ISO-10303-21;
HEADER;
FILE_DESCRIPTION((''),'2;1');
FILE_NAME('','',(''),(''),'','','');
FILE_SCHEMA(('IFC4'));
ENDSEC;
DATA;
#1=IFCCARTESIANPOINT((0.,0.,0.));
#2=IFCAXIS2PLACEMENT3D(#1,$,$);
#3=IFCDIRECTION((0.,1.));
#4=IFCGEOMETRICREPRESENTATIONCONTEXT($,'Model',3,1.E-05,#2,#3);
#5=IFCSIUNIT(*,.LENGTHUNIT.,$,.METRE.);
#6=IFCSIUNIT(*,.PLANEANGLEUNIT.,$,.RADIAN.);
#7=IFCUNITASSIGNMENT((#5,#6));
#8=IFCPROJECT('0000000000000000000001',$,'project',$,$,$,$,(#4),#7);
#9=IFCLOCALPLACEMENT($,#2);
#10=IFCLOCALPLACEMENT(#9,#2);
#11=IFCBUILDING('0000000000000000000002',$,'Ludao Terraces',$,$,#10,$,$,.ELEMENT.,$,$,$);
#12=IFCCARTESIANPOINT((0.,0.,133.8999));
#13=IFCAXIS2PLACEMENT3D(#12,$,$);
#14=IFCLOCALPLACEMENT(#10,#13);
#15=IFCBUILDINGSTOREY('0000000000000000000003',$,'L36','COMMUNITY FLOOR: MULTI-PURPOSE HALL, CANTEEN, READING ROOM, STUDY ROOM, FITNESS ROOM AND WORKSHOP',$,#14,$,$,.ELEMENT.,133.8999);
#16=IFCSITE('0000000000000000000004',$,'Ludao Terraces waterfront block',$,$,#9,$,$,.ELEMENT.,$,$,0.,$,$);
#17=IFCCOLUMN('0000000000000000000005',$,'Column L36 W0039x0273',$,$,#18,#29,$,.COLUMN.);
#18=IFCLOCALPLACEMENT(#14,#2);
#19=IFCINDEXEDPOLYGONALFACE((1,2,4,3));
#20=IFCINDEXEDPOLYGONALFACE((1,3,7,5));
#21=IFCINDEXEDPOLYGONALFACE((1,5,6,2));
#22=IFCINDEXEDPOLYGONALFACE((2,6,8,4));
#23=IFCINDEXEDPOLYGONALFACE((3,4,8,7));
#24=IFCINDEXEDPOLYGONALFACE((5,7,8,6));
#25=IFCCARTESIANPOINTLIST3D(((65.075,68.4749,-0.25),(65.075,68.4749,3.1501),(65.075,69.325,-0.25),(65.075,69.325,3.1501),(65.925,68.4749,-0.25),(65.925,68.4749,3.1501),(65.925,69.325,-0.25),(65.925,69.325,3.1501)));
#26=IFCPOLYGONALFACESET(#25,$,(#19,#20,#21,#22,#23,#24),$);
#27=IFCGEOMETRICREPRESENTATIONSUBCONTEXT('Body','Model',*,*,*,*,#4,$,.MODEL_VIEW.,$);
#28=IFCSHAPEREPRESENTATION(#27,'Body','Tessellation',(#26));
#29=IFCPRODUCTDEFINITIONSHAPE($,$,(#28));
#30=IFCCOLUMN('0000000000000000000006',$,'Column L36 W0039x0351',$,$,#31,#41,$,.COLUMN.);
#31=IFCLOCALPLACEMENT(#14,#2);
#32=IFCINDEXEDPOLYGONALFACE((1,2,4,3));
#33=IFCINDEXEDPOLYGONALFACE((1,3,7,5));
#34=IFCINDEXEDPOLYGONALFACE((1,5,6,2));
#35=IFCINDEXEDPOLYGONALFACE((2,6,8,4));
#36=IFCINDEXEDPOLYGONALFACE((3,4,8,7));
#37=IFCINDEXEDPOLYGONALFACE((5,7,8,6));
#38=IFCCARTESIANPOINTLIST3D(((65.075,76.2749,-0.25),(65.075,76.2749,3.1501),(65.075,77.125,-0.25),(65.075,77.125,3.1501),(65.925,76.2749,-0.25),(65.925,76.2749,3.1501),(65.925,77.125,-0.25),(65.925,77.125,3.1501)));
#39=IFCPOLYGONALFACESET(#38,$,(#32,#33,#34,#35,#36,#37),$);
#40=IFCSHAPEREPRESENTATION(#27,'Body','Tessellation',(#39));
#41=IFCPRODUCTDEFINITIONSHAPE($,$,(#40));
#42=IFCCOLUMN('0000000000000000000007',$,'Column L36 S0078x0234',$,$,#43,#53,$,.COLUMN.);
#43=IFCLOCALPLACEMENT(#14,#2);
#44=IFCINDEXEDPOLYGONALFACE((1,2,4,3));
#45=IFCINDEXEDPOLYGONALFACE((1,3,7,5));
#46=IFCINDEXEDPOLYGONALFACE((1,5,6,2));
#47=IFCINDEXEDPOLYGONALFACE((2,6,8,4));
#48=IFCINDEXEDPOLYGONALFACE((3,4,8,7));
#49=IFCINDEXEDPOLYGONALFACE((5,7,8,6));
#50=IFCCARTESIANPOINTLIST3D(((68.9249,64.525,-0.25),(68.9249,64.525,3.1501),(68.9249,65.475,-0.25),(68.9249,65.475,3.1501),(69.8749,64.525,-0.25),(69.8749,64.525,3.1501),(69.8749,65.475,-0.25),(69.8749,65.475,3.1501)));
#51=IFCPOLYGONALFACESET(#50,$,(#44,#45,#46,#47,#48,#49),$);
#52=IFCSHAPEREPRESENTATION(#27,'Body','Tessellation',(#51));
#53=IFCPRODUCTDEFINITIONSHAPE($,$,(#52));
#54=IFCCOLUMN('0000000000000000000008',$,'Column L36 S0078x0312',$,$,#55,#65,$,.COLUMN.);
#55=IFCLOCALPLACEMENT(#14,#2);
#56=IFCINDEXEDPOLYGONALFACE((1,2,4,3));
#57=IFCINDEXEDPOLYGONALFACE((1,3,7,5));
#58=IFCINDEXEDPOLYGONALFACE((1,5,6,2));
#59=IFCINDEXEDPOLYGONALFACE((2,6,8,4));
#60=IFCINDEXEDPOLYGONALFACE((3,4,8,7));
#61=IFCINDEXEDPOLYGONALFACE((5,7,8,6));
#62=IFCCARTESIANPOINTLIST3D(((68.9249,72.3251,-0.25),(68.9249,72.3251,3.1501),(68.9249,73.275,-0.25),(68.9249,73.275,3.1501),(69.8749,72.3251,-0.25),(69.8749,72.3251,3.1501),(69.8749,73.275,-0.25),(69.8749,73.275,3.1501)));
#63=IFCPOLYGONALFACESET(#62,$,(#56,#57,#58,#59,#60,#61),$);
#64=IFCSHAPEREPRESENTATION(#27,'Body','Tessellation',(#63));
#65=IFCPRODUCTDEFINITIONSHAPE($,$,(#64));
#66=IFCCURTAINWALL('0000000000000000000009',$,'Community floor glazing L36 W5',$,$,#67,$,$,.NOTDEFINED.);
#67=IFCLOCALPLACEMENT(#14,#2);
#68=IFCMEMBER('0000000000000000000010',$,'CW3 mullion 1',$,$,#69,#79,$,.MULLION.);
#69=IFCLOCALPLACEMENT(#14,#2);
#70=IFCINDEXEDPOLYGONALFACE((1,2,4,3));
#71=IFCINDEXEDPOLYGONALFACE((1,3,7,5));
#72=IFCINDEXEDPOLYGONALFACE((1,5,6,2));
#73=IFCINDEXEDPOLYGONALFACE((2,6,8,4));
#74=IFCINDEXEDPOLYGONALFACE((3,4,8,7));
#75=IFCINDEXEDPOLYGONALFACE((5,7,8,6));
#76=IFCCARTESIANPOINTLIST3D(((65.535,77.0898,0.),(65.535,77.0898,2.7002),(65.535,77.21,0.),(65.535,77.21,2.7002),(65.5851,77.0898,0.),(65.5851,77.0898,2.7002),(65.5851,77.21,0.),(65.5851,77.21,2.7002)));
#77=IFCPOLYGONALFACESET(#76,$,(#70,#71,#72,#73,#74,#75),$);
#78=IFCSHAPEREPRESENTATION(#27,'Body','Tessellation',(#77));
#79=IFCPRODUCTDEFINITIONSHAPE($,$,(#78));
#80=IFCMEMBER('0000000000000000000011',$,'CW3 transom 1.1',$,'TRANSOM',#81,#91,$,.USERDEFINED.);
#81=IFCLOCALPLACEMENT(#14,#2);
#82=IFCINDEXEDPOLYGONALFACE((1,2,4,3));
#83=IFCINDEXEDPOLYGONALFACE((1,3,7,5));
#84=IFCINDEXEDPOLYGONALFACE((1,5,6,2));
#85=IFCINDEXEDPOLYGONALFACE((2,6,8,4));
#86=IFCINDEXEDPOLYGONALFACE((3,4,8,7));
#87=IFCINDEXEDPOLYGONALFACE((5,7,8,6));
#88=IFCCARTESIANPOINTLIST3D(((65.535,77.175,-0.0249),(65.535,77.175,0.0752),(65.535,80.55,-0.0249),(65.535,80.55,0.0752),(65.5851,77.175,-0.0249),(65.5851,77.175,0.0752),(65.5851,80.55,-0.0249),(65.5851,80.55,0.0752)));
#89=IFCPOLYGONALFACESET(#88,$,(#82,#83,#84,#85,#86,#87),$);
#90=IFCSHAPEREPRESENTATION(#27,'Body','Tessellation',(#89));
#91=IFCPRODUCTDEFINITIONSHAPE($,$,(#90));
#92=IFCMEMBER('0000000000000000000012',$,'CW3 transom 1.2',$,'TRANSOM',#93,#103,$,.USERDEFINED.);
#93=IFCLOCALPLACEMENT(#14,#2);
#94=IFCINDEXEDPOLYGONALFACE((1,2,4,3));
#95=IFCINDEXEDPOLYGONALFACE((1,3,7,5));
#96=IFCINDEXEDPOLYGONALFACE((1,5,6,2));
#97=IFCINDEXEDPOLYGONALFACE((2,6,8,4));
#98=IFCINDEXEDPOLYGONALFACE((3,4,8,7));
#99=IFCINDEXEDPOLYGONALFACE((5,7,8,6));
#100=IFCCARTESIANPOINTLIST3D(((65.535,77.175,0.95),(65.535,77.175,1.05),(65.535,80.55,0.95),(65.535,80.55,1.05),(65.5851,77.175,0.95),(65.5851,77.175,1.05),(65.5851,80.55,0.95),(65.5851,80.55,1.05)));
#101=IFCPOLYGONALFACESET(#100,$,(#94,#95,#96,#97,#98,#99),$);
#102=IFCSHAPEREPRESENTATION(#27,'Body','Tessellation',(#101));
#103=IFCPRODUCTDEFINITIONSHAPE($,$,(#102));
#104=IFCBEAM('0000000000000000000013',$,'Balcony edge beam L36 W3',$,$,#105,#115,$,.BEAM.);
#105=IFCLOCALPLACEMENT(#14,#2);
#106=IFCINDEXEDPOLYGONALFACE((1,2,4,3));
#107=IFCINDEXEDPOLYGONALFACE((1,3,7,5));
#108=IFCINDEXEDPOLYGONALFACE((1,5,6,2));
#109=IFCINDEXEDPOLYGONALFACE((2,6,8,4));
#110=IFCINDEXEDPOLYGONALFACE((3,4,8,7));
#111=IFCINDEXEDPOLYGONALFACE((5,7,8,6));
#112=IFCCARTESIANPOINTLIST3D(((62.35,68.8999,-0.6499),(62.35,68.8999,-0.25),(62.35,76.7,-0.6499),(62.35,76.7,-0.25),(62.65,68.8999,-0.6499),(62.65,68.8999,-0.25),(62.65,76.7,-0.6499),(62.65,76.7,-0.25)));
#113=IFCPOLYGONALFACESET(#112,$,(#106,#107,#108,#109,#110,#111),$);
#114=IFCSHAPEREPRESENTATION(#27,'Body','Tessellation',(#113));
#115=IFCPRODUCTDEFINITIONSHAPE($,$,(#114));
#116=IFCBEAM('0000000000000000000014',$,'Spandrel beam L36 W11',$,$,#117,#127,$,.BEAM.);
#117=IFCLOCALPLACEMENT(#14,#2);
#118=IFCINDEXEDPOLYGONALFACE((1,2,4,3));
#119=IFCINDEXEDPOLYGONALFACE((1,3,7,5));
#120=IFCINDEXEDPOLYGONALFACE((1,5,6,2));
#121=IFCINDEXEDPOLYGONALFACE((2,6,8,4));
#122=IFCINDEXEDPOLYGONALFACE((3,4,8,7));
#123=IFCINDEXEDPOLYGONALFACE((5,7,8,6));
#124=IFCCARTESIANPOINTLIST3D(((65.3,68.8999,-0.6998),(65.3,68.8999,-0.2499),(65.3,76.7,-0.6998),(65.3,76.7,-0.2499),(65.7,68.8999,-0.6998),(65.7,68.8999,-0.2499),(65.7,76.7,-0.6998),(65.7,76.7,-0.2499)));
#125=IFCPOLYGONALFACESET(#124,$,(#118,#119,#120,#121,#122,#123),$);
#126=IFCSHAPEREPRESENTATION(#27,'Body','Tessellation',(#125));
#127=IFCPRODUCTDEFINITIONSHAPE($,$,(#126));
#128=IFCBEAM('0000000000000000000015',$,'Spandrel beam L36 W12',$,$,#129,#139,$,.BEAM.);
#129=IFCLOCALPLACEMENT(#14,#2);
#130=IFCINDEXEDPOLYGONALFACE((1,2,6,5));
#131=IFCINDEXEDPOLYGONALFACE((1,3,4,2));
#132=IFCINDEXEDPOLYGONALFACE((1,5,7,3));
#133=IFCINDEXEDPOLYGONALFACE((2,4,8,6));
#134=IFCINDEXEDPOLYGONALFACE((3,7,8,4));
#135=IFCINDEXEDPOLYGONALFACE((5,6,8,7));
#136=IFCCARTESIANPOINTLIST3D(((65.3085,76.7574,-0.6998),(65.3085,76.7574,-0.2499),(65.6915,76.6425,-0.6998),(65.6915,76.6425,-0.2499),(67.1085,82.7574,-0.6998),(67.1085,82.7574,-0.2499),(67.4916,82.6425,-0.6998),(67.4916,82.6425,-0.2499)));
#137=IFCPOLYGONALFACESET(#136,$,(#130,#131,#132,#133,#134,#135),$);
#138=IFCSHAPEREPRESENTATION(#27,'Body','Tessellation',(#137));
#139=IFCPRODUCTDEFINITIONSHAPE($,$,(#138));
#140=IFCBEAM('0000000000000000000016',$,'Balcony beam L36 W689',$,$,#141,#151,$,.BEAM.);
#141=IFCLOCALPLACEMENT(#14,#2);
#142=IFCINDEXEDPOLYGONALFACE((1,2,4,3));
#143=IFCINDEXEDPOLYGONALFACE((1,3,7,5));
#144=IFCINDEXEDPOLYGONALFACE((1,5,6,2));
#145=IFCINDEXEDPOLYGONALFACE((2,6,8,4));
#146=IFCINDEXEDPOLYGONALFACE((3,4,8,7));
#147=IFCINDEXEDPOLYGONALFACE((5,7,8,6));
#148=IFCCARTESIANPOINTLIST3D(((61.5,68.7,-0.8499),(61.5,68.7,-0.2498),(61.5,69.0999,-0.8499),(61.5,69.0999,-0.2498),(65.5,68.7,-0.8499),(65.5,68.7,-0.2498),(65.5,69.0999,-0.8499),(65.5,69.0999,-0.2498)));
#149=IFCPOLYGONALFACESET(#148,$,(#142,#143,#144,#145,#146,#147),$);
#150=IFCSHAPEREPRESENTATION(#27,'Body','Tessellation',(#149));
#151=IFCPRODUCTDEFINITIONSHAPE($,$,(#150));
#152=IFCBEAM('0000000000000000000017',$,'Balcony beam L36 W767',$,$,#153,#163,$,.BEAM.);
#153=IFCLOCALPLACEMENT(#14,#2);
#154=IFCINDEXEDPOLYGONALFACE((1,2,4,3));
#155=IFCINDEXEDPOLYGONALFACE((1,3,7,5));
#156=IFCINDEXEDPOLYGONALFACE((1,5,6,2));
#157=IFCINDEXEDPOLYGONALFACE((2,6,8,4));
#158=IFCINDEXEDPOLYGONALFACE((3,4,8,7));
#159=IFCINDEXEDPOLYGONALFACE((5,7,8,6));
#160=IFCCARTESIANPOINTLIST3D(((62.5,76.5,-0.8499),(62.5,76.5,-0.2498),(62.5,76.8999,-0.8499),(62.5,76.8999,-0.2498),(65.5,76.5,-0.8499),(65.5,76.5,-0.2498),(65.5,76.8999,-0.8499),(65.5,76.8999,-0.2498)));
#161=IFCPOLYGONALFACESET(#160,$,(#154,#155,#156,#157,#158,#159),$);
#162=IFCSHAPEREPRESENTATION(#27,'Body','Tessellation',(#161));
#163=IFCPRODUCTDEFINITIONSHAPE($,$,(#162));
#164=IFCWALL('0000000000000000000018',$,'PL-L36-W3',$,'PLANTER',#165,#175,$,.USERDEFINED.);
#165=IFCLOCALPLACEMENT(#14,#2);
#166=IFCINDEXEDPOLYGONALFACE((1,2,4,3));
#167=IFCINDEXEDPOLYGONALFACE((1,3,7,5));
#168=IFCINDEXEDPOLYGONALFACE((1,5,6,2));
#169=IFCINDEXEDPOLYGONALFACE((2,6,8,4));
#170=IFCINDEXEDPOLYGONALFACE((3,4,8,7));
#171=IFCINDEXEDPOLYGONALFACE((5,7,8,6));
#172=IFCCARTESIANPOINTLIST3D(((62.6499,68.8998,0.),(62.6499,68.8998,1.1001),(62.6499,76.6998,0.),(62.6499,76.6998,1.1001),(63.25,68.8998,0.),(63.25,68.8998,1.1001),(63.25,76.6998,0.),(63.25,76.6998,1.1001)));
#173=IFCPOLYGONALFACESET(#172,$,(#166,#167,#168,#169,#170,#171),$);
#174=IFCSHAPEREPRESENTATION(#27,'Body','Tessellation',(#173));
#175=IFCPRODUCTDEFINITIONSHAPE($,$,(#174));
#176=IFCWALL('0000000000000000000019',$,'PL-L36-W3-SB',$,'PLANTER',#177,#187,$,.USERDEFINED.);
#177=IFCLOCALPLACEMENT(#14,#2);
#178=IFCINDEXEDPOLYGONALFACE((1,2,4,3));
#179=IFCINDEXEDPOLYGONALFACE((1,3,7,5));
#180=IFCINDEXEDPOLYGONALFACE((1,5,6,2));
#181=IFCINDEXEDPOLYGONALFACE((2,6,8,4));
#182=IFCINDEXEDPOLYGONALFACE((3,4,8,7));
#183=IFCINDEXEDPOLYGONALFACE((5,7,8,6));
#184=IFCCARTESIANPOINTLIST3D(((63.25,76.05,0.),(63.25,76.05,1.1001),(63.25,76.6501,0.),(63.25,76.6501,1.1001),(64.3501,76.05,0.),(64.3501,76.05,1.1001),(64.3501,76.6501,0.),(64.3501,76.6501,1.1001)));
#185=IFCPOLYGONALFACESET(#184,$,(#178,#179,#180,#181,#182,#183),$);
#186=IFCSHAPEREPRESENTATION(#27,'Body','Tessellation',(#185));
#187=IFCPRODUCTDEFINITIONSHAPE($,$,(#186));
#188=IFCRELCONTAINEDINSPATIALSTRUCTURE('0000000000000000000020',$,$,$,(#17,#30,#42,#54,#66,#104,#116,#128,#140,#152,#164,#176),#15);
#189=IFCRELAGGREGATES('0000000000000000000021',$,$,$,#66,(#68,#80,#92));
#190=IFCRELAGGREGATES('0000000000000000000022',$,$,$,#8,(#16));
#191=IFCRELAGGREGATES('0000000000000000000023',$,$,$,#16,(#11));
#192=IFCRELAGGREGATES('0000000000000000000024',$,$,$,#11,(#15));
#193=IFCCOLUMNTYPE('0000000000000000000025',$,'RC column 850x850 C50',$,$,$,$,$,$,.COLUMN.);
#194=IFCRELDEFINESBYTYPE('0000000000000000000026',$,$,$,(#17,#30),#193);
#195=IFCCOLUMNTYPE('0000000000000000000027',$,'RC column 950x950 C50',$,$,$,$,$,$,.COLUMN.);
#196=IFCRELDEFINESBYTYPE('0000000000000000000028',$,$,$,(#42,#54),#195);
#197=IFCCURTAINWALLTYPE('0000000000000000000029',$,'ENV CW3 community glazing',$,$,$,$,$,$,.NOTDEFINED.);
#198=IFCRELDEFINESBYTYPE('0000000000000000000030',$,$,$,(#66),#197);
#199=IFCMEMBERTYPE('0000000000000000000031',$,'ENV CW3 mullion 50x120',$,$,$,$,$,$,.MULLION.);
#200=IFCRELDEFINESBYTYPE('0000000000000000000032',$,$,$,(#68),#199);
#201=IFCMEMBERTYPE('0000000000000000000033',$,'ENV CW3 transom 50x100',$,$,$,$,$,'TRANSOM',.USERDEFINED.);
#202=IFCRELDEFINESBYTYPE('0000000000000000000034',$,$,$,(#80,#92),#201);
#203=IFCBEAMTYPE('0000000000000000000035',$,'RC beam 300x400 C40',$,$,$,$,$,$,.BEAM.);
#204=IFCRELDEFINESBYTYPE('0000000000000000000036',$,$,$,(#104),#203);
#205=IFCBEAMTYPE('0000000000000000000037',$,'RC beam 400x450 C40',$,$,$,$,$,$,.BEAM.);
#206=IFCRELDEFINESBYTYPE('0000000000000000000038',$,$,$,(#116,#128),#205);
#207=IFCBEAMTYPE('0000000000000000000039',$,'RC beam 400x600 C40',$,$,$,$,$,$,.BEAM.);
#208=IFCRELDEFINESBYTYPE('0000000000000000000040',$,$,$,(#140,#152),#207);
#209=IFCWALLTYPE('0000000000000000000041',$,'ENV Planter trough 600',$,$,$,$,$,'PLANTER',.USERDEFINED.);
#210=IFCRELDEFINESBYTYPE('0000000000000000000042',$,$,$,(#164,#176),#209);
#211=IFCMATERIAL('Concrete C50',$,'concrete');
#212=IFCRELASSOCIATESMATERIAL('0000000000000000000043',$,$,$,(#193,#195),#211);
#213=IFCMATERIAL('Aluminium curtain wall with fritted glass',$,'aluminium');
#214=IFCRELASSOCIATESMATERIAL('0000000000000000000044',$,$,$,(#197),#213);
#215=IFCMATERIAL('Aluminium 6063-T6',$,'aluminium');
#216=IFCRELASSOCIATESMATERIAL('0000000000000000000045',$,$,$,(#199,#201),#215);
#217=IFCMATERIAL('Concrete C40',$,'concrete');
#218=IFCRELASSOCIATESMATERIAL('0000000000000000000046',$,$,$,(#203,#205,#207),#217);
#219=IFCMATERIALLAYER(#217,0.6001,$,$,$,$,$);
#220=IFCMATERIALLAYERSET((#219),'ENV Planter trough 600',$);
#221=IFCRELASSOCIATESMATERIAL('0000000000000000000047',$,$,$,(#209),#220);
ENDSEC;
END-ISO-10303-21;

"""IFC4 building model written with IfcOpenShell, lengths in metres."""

from ifc_helpers import new_model, si_unit, direction, frame, frame_2d, origin, origin_2d, place, context, subcontext, project, spatial, rectangle, extrude, material, layer, layer_set, material_profile, profile_set, type_object, element, aggregate, save


model = new_model("IFC4")

# Units and contexts
model_context = context("Model", 3, precision=1e-05, world=origin(), true_north=direction((0.0, 1.0)))
body_context = subcontext(model_context, "Body", "Model", "MODEL_VIEW")
ifc_project = project(units=[si_unit("LENGTHUNIT", "METRE"), si_unit("PLANEANGLEUNIT", "RADIAN")], contexts=[model_context])

# Site, building, storey
site_placement = place(None, origin())
site = spatial("IfcSite", under=ifc_project, at=site_placement, Name="Ludao Terraces waterfront block", CompositionType="ELEMENT", RefElevation=0.0)
building_placement = place(site_placement, origin())
building = spatial("IfcBuilding", under=site, at=building_placement, Name="Ludao Terraces", CompositionType="ELEMENT")
storey_placement = place(building_placement, frame((0.0, 0.0, 133.8999)))
storey = spatial("IfcBuildingStorey", under=building, at=storey_placement, Name="L36", Description="COMMUNITY FLOOR: MULTI-PURPOSE HALL, CANTEEN, READING ROOM, STUDY ROOM, FITNESS ROOM AND WORKSHOP", CompositionType="ELEMENT", Elevation=133.8999)

# Columns
ifc_material_1 = material(Name="Concrete C50", Category="concrete")
ifc_material_profile_1 = material_profile(ifc_material_1, rectangle(XDim=0.8501, YDim=0.8501, at=origin_2d()), Name="850 X 850")
ifc_profile_set_1 = profile_set([ifc_material_profile_1], Name="Concrete C50")
column_type_1 = type_object("IfcColumnType", Name="RC column 850x850 C50", PredefinedType="COLUMN", material=ifc_profile_set_1)
for number, where, z_axis, x_axis, name in (
    (1, (65.5, 68.8999, -0.25), (0.0, 0.0, 1.0), (1.0, 0.0, 0.0), "Column L36 W0039x0273"),
    (2, (65.5, 76.7, -0.25), (0.0, 0.0, 1.0), (1.0, 0.0, 0.0), "Column L36 W0039x0351"),
):
    element("IfcColumn", number, at=place(storey_placement, frame(where, z_axis=z_axis, x_axis=x_axis)), inside=storey, type_object=column_type_1, Name=name, PredefinedType="COLUMN", context=body_context, shape_type="SweptSolid", body=[
        extrude(rectangle(XDim=0.8501, YDim=0.8501, at=origin_2d()), origin(), (0.0, 0.0, 1.0), 3.4001),
    ])
ifc_material_profile_2 = material_profile(ifc_material_1, rectangle(XDim=0.95, YDim=0.95, at=origin_2d()), Name="950 X 950")
ifc_profile_set_2 = profile_set([ifc_material_profile_2], Name="Concrete C50")
column_type_2 = type_object("IfcColumnType", Name="RC column 950x950 C50", PredefinedType="COLUMN", material=ifc_profile_set_2)
for number, where, z_axis, x_axis, name in (
    (3, (69.3999, 65.0, -0.25), (0.0, 0.0, 1.0), (1.0, 0.0, 0.0), "Column L36 S0078x0234"),
    (4, (69.3999, 72.8, -0.25), (0.0, 0.0, 1.0), (1.0, 0.0, 0.0), "Column L36 S0078x0312"),
):
    element("IfcColumn", number, at=place(storey_placement, frame(where, z_axis=z_axis, x_axis=x_axis)), inside=storey, type_object=column_type_2, Name=name, PredefinedType="COLUMN", context=body_context, shape_type="SweptSolid", body=[
        extrude(rectangle(XDim=0.95, YDim=0.95, at=origin_2d()), origin(), (0.0, 0.0, 1.0), 3.4001),
    ])

# Curtain wall, members
ifc_material_2 = material(Name="Aluminium curtain wall with fritted glass", Category="aluminium")
curtain_wall_type = type_object("IfcCurtainWallType", Name="ENV CW3 community glazing", PredefinedType="NOTDEFINED", material=ifc_material_2)
curtain_wall_placement = place(storey_placement, origin())
curtain_wall = element("IfcCurtainWall", 5, at=curtain_wall_placement, inside=storey, type_object=curtain_wall_type, Name="Community floor glazing L36 W5", PredefinedType="NOTDEFINED")
ifc_material_3 = material(Name="Aluminium 6063-T6", Category="aluminium")
ifc_material_profile_3 = material_profile(ifc_material_3, rectangle(XDim=0.05, YDim=0.1201, at=origin_2d()), Name="50 X 120")
ifc_profile_set_3 = profile_set([ifc_material_profile_3], Name="Aluminium 6063-T6")
member_type_1 = type_object("IfcMemberType", Name="ENV CW3 mullion 50x120", PredefinedType="MULLION", material=ifc_profile_set_3)
member_1_placement = place(storey_placement, frame((65.5601, 77.1499, 0.0), z_axis=(0.0, 0.0, 1.0), x_axis=(-1.0, 0.0, 0.0)))
member_1 = element("IfcMember", 6, at=member_1_placement, type_object=member_type_1, Name="CW3 mullion 1", PredefinedType="MULLION", context=body_context, shape_type="SweptSolid", body=[
    extrude(rectangle(XDim=0.05, YDim=0.1201, at=origin_2d()), origin(), (0.0, 0.0, 1.0), 2.7002),
])
ifc_material_profile_4 = material_profile(ifc_material_3, rectangle(XDim=0.05, YDim=0.1001, at=origin_2d()), Name="50 X 100")
ifc_profile_set_4 = profile_set([ifc_material_profile_4], Name="Aluminium 6063-T6")
member_type_2 = type_object("IfcMemberType", Name="ENV CW3 transom 50x100", ElementType="TRANSOM", PredefinedType="USERDEFINED", material=ifc_profile_set_4)
member_2_placement = place(storey_placement, frame((65.5601, 77.175, 0.0251), z_axis=(0.0, 1.0, 0.0), x_axis=(-1.0, 0.0, 0.0)))
member_2 = element("IfcMember", 7, at=member_2_placement, type_object=member_type_2, Name="CW3 transom 1.1", ObjectType="TRANSOM", PredefinedType="USERDEFINED", context=body_context, shape_type="SweptSolid", body=[
    extrude(rectangle(XDim=0.05, YDim=0.1001, at=origin_2d()), origin(), (0.0, 0.0, 1.0), 3.375),
])
member_3_placement = place(storey_placement, frame((65.5601, 77.175, 1.0), z_axis=(0.0, 1.0, 0.0), x_axis=(-1.0, 0.0, 0.0)))
member_3 = element("IfcMember", 8, at=member_3_placement, type_object=member_type_2, Name="CW3 transom 1.2", ObjectType="TRANSOM", PredefinedType="USERDEFINED", context=body_context, shape_type="SweptSolid", body=[
    extrude(rectangle(XDim=0.05, YDim=0.1001, at=origin_2d()), origin(), (0.0, 0.0, 1.0), 3.375),
])
aggregate(curtain_wall, [member_1, member_2, member_3])

# Beams
ifc_material_4 = material(Name="Concrete C40", Category="concrete")
ifc_material_profile_5 = material_profile(ifc_material_4, rectangle(XDim=0.3, YDim=0.3999, at=origin_2d()), Name="300 X 400")
ifc_profile_set_5 = profile_set([ifc_material_profile_5], Name="Concrete C40")
beam_type_1 = type_object("IfcBeamType", Name="RC beam 300x400 C40", PredefinedType="BEAM", material=ifc_profile_set_5)
beam_1_placement = place(storey_placement, frame((62.5, 68.8999, -0.45), z_axis=(0.0, 1.0, 0.0), x_axis=(-1.0, 0.0, 0.0)))
element("IfcBeam", 9, at=beam_1_placement, inside=storey, type_object=beam_type_1, Name="Balcony edge beam L36 W3", PredefinedType="BEAM", context=body_context, shape_type="SweptSolid", body=[
    extrude(rectangle(XDim=0.3, YDim=0.3999, at=origin_2d()), origin(), (0.0, 0.0, 1.0), 7.8),
])
ifc_material_profile_6 = material_profile(ifc_material_4, rectangle(XDim=0.3999, YDim=0.45, at=origin_2d()), Name="400 X 450")
ifc_profile_set_6 = profile_set([ifc_material_profile_6], Name="Concrete C40")
beam_type_2 = type_object("IfcBeamType", Name="RC beam 400x450 C40", PredefinedType="BEAM", material=ifc_profile_set_6)
beam_2_placement = place(storey_placement, frame((65.5, 68.8999, -0.4749), z_axis=(0.0, 1.0, 0.0), x_axis=(-1.0, 0.0, 0.0)))
element("IfcBeam", 10, at=beam_2_placement, inside=storey, type_object=beam_type_2, Name="Spandrel beam L36 W11", PredefinedType="BEAM", context=body_context, shape_type="SweptSolid", body=[
    extrude(rectangle(XDim=0.3999, YDim=0.45, at=origin_2d()), origin(), (0.0, 0.0, 1.0), 7.8),
])
beam_3_placement = place(storey_placement, frame((65.5, 76.7, -0.4749), z_axis=(0.287355, 0.957824, 0.0), x_axis=(-0.957824, 0.287355, 0.0)))
element("IfcBeam", 11, at=beam_3_placement, inside=storey, type_object=beam_type_2, Name="Spandrel beam L36 W12", PredefinedType="BEAM", context=body_context, shape_type="SweptSolid", body=[
    extrude(rectangle(XDim=0.3999, YDim=0.45, at=origin_2d()), origin(), (0.0, 0.0, 1.0), 6.2642),
])
ifc_material_profile_7 = material_profile(ifc_material_4, rectangle(XDim=0.3999, YDim=0.6001, at=origin_2d()), Name="400 X 600")
ifc_profile_set_7 = profile_set([ifc_material_profile_7], Name="Concrete C40")
beam_type_3 = type_object("IfcBeamType", Name="RC beam 400x600 C40", PredefinedType="BEAM", material=ifc_profile_set_7)
beam_4_placement = place(storey_placement, frame((65.5, 68.8999, -0.5498), z_axis=(-1.0, 0.0, 0.0), x_axis=(0.0, -1.0, 0.0)))
element("IfcBeam", 12, at=beam_4_placement, inside=storey, type_object=beam_type_3, Name="Balcony beam L36 W689", PredefinedType="BEAM", context=body_context, shape_type="SweptSolid", body=[
    extrude(rectangle(XDim=0.3999, YDim=0.6001, at=origin_2d()), origin(), (0.0, 0.0, 1.0), 4.0),
])
beam_5_placement = place(storey_placement, frame((65.5, 76.7, -0.5498), z_axis=(-1.0, 0.0, 0.0), x_axis=(0.0, -1.0, 0.0)))
element("IfcBeam", 13, at=beam_5_placement, inside=storey, type_object=beam_type_3, Name="Balcony beam L36 W767", PredefinedType="BEAM", context=body_context, shape_type="SweptSolid", body=[
    extrude(rectangle(XDim=0.3999, YDim=0.6001, at=origin_2d()), origin(), (0.0, 0.0, 1.0), 3.0),
])

# Walls
ifc_layer_1 = layer(ifc_material_4, 0.6001)
ifc_layer_set_1 = layer_set([ifc_layer_1], Name="ENV Planter trough 600")
wall_type_1 = type_object("IfcWallType", Name="ENV Planter trough 600", ElementType="PLANTER", PredefinedType="USERDEFINED", material=ifc_layer_set_1)
wall_1_placement = place(storey_placement, frame((62.95, 68.8999, 0.0), z_axis=(0.0, 0.0, 1.0), x_axis=(0.0, 1.0, 0.0)))
element("IfcWall", 14, at=wall_1_placement, inside=storey, type_object=wall_type_1, Name="PL-L36-W3", ObjectType="PLANTER", PredefinedType="USERDEFINED", context=body_context, shape_type="SweptSolid", body=[
    extrude(rectangle(XDim=7.8, YDim=0.6001, at=frame_2d((3.8999, 0.0))), origin(), (0.0, 0.0, 1.0), 1.1001),
])
wall_2_placement = place(storey_placement, frame((63.25, 76.3501, 0.0), z_axis=(0.0, 0.0, 1.0), x_axis=(1.0, 0.0, 0.0)))
element("IfcWall", 15, at=wall_2_placement, inside=storey, type_object=wall_type_1, Name="PL-L36-W3-SB", ObjectType="PLANTER", PredefinedType="USERDEFINED", context=body_context, shape_type="SweptSolid", body=[
    extrude(rectangle(XDim=1.1001, YDim=0.6001, at=frame_2d((0.55, 0.0))), origin(), (0.0, 0.0, 1.0), 1.1001),
])

save(model, "model.ifc")
